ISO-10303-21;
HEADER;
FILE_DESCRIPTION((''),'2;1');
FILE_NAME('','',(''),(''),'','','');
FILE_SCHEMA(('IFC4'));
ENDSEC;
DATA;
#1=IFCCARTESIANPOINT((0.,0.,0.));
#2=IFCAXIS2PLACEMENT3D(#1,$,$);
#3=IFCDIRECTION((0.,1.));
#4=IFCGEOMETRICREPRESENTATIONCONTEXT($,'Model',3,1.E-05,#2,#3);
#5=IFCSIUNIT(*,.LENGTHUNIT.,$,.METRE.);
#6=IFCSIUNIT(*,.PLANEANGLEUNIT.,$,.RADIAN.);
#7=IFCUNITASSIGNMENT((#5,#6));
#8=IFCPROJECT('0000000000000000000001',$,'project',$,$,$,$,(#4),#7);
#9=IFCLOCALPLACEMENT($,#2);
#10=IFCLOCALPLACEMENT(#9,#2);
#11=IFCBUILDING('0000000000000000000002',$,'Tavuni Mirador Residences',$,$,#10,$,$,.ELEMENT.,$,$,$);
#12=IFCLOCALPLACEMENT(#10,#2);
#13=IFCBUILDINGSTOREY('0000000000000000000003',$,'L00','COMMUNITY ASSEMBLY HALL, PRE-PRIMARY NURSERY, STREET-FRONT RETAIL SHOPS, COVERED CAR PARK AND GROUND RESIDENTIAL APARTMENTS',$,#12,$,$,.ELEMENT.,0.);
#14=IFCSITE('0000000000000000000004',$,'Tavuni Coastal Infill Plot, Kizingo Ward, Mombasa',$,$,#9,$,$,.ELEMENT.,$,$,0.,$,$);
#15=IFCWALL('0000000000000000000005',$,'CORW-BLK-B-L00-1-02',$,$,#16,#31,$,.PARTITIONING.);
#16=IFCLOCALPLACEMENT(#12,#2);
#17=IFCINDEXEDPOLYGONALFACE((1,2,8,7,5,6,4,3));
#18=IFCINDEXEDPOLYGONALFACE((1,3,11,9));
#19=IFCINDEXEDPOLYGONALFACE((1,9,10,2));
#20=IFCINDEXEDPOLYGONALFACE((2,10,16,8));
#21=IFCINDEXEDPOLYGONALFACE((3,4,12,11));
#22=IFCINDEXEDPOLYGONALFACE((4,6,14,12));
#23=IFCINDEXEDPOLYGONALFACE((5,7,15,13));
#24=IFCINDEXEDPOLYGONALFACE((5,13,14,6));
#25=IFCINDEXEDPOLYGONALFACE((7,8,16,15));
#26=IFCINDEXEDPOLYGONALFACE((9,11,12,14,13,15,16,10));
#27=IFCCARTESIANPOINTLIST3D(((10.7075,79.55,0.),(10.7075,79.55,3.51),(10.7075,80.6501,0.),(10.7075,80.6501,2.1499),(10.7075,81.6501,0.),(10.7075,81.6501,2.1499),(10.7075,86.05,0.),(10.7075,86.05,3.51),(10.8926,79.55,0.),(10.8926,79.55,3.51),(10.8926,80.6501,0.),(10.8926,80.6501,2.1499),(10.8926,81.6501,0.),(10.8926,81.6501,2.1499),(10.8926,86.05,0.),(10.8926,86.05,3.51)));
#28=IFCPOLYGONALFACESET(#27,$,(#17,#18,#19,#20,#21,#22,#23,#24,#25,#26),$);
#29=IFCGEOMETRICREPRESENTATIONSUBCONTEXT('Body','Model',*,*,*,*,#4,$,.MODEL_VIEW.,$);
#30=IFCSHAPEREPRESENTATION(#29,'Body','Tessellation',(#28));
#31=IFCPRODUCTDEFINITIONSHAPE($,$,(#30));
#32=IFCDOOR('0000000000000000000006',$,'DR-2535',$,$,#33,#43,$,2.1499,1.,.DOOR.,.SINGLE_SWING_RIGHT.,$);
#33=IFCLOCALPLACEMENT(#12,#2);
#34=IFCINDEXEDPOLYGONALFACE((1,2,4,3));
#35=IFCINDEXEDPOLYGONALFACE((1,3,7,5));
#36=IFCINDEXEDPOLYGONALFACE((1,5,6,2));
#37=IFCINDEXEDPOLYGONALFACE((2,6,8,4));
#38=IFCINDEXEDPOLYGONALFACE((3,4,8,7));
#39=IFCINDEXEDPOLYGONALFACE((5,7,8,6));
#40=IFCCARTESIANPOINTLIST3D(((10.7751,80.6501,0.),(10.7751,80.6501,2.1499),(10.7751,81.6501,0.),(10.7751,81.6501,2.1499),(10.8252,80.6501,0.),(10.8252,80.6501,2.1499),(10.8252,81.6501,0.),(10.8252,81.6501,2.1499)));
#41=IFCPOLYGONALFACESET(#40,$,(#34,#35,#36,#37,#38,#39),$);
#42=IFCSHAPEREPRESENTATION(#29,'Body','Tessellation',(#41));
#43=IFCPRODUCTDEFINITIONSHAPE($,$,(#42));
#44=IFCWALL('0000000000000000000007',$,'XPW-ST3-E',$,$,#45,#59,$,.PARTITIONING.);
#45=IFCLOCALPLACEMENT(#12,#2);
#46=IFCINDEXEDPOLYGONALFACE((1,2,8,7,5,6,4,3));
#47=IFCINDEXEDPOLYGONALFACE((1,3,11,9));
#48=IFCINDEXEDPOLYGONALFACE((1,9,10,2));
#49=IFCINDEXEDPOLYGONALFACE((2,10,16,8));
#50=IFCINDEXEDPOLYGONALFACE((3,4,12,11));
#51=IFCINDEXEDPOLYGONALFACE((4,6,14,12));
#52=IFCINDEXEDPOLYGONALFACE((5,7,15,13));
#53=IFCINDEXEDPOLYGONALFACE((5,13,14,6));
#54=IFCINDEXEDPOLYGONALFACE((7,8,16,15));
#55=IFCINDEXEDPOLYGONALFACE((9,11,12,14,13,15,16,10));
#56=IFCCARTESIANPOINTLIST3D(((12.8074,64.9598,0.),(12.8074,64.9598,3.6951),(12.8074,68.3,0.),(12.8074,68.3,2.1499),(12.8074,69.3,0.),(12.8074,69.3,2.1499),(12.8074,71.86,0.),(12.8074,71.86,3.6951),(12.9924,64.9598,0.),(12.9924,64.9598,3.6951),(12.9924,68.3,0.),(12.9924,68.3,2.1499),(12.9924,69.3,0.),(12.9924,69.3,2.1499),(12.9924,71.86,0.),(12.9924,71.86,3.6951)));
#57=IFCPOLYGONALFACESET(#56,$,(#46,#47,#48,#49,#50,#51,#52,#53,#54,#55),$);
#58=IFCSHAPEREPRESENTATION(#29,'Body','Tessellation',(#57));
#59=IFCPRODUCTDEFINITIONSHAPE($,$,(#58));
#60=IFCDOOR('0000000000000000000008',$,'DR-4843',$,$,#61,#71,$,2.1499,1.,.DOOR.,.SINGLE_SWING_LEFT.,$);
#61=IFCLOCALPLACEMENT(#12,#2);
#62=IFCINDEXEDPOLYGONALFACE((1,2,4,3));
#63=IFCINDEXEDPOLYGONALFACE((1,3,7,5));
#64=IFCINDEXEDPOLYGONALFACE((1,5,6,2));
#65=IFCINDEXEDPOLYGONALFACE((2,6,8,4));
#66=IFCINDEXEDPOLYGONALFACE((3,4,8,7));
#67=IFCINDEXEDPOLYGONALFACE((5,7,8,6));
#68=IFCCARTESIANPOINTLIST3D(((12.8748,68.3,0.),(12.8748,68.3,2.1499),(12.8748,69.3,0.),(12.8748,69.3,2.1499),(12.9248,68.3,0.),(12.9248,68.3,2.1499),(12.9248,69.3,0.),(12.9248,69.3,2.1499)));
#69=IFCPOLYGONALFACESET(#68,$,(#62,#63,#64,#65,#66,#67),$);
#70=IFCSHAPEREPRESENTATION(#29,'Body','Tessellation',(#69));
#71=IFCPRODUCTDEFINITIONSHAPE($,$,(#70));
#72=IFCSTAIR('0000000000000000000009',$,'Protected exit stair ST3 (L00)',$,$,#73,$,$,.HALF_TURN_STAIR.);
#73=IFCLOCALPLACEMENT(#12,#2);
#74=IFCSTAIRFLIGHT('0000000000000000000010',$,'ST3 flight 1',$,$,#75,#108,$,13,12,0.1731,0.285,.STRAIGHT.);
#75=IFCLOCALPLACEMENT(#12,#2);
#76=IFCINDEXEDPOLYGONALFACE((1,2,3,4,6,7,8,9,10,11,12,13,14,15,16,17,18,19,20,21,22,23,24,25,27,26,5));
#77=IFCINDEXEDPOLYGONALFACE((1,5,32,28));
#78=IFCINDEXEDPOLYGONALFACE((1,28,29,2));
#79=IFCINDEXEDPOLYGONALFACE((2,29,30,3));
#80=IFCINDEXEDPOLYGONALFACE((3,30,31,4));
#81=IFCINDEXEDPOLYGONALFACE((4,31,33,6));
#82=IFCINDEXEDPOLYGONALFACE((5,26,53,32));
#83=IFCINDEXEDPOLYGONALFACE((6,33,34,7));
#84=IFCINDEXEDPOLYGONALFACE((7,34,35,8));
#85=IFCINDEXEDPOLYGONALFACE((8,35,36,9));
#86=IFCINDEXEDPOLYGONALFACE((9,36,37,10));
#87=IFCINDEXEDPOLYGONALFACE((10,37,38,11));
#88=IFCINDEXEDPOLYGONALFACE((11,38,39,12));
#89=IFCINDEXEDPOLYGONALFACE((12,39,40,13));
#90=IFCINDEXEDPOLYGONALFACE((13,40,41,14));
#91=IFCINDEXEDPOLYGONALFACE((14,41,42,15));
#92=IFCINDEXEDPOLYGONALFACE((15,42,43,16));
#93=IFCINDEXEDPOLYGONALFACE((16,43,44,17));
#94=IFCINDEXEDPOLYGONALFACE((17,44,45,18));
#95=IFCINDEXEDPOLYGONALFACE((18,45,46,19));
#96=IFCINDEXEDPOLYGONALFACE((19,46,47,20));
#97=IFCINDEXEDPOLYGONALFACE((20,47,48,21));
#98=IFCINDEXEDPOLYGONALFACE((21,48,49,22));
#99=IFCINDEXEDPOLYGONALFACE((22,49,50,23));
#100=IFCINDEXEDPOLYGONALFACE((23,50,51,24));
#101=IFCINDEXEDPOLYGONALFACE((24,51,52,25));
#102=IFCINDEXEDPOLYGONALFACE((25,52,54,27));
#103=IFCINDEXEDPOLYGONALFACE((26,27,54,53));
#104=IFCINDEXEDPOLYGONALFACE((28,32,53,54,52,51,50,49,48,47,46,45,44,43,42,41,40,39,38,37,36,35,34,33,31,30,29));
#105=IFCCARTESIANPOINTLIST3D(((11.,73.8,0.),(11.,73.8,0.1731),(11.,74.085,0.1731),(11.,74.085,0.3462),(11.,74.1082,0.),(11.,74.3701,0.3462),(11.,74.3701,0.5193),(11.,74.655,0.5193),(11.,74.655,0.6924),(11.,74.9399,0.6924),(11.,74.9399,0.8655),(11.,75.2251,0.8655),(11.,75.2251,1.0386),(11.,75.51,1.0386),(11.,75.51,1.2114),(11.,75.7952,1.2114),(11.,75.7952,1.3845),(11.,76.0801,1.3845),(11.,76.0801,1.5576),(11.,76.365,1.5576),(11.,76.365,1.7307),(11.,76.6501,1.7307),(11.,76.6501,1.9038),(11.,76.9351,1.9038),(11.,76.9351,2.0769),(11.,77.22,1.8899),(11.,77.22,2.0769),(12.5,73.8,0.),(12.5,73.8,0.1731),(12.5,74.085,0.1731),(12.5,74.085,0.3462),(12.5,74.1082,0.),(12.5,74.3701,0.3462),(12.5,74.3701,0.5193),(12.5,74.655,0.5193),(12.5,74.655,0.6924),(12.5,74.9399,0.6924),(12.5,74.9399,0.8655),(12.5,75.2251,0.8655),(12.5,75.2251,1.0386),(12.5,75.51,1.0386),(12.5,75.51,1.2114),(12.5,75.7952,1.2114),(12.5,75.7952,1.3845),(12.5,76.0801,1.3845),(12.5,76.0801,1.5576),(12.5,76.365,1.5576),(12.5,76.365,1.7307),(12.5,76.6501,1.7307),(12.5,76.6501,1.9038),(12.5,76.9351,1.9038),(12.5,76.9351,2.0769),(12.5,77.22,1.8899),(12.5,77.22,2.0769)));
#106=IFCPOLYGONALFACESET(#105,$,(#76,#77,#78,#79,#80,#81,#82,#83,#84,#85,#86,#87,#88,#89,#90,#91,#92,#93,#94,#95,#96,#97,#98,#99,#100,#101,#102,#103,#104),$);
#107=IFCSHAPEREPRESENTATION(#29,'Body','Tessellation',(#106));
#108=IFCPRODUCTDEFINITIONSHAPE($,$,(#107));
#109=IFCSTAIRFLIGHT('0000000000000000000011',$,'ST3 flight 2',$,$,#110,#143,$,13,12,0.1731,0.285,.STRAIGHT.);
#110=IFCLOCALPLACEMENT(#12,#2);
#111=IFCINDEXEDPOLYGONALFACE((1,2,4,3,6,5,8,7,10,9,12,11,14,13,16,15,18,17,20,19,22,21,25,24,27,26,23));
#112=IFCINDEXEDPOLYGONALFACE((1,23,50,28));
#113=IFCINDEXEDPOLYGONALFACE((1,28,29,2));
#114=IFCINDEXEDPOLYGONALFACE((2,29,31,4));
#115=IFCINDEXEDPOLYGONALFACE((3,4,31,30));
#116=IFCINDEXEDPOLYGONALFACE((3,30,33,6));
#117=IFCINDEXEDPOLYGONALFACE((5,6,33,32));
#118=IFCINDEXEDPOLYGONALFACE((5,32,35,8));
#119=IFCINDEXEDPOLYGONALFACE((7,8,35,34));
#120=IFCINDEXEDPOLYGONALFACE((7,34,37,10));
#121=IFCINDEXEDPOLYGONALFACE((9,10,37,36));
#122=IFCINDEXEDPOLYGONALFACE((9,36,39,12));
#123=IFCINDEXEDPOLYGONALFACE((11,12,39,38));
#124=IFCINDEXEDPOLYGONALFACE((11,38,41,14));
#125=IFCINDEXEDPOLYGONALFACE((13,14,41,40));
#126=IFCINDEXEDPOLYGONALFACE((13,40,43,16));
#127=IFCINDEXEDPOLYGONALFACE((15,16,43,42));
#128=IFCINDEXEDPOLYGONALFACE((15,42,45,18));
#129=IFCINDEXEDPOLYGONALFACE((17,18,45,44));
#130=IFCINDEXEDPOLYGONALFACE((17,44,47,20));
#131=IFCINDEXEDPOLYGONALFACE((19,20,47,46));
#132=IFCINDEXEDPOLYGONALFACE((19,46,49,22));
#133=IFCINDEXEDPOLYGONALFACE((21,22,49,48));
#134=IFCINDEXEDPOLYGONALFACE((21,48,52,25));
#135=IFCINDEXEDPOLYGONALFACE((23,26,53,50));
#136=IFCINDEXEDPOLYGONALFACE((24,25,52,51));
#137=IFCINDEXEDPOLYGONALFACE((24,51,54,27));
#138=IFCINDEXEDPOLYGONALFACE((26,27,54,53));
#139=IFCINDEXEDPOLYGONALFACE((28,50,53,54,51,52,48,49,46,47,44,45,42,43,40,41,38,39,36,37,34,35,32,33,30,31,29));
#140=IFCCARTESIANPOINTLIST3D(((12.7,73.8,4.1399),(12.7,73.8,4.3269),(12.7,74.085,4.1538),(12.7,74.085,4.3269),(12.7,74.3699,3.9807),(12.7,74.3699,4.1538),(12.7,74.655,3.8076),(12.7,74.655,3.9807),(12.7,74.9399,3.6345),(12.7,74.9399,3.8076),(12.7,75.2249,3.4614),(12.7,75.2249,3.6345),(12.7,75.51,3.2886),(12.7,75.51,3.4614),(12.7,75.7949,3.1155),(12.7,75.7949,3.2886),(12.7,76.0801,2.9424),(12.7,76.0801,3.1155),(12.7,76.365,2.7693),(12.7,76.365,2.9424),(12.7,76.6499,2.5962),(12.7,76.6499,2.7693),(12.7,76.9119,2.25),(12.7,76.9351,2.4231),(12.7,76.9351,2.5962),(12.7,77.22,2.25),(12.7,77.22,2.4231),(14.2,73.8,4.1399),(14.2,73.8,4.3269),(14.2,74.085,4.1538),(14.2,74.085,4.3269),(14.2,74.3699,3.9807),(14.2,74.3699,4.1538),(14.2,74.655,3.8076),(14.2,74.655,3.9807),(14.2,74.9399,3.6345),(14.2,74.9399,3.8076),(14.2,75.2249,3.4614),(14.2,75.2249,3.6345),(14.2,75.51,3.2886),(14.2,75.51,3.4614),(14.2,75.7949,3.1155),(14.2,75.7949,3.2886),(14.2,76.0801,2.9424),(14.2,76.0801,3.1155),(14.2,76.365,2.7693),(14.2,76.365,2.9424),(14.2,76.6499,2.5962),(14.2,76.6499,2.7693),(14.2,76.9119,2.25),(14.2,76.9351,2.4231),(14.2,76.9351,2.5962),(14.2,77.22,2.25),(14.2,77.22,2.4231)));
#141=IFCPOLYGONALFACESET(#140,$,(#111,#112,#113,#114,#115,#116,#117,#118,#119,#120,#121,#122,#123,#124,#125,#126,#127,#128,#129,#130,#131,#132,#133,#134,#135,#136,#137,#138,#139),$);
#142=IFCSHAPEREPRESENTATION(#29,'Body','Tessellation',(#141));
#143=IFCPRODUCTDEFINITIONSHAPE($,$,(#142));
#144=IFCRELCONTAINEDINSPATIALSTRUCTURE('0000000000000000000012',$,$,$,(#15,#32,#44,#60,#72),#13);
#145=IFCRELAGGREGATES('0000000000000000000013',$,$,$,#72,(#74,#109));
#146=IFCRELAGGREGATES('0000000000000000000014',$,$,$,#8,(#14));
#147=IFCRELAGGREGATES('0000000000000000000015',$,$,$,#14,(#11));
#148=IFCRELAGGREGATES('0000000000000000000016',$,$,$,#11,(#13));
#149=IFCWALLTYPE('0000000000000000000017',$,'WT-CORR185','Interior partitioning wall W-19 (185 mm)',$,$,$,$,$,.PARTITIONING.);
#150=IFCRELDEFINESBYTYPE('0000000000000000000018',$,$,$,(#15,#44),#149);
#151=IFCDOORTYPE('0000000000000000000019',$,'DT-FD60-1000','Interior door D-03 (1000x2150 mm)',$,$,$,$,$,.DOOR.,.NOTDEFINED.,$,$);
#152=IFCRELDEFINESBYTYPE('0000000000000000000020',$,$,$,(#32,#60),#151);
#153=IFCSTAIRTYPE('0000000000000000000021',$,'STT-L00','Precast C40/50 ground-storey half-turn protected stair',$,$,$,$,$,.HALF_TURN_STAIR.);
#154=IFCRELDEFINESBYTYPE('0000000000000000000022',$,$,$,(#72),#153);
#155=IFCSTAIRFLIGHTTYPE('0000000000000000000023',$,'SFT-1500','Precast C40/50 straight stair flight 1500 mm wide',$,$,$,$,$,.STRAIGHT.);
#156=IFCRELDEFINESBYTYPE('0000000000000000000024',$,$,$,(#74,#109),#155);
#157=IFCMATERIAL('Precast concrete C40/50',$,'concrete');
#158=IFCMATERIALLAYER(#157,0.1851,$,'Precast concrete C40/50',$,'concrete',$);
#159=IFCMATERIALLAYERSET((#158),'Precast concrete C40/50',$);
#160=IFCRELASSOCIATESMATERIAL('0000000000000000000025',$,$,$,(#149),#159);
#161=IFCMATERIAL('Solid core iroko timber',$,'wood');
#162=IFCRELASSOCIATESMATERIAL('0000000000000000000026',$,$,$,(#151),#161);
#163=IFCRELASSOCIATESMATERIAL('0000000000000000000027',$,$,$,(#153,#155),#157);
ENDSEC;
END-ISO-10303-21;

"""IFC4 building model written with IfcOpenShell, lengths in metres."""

from ifc_helpers import new_model, si_unit, direction, frame, frame_2d, origin, place, context, subcontext, project, spatial, polyline, rectangle, outline, extrude, material, layer, layer_set, type_object, element, fill, aggregate, save


model = new_model("IFC4")

# Units and contexts
model_context = context("Model", 3, precision=1e-05, world=origin(), true_north=direction((0.0, 1.0)))
body_context = subcontext(model_context, "Body", "Model", "MODEL_VIEW")
ifc_project = project(units=[si_unit("LENGTHUNIT", "METRE"), si_unit("PLANEANGLEUNIT", "RADIAN")], contexts=[model_context])

# Site, building, storey
site_placement = place(None, origin())
site = spatial("IfcSite", under=ifc_project, at=site_placement, Name="Tavuni Coastal Infill Plot, Kizingo Ward, Mombasa", CompositionType="ELEMENT", RefElevation=0.0)
building_placement = place(site_placement, origin())
building = spatial("IfcBuilding", under=site, at=building_placement, Name="Tavuni Mirador Residences", CompositionType="ELEMENT")
storey_placement = place(building_placement, origin())
storey = spatial("IfcBuildingStorey", under=building, at=storey_placement, Name="L00", Description="COMMUNITY ASSEMBLY HALL, PRE-PRIMARY NURSERY, STREET-FRONT RETAIL SHOPS, COVERED CAR PARK AND GROUND RESIDENTIAL APARTMENTS", CompositionType="ELEMENT", Elevation=0.0)

# Shared definitions
ifc_material_1 = material(Name="Precast concrete C40/50", Category="concrete")

# Shared definitions
ifc_material_2 = material(Name="Solid core iroko timber", Category="wood")

# Walls, openings, doors
ifc_layer_1 = layer(ifc_material_1, 0.1851, Name="Precast concrete C40/50", Category="concrete")
ifc_layer_set_1 = layer_set([ifc_layer_1], Name="Precast concrete C40/50")
wall_type_1 = type_object("IfcWallType", Name="WT-CORR185", Description="Interior partitioning wall W-19 (185 mm)", PredefinedType="PARTITIONING", material=ifc_layer_set_1)
wall_1_placement = place(storey_placement, frame((10.8, 79.55, 0.0), z_axis=(0.0, 0.0, 1.0), x_axis=(0.0, 1.0, 0.0)))
wall_1 = element("IfcWall", 1, at=wall_1_placement, inside=storey, type_object=wall_type_1, Name="CORW-BLK-B-L00-1-02", PredefinedType="PARTITIONING", context=body_context, shape_type="SweptSolid", body=[
    extrude(rectangle(XDim=6.5, YDim=0.1851, at=frame_2d((3.25, 0.0))), origin(), (0.0, 0.0, 1.0), 3.51),
])
opening_1_placement = place(wall_1_placement, frame((1.1001, 0.0, 0.0)))
opening_1 = element("IfcOpeningElement", 2, at=opening_1_placement, cuts=wall_1, PredefinedType="OPENING", context=body_context, shape_type="SweptSolid", body=[
    extrude(rectangle(XDim=1.0, YDim=2.1499, at=frame_2d((0.5, 1.075))), frame((0.0, 0.1025, 0.0), z_axis=(0.0, -1.0, 0.0), x_axis=(1.0, 0.0, 0.0)), (0.0, 0.0, 1.0), 0.2051),
])
door_type_1 = type_object("IfcDoorType", Name="DT-FD60-1000", Description="Interior door D-03 (1000x2150 mm)", OperationType="NOTDEFINED", PredefinedType="DOOR", material=ifc_material_2)
door_1_placement = place(opening_1_placement, origin())
door_1 = element("IfcDoor", 3, at=door_1_placement, inside=storey, type_object=door_type_1, Name="DR-2535", OperationType="SINGLE_SWING_RIGHT", OverallHeight=2.1499, OverallWidth=1.0, PredefinedType="DOOR", context=body_context, shape_type="SweptSolid", body=[
    extrude(rectangle(XDim=1.0, YDim=2.1499, at=frame_2d((0.5, 1.075))), frame((0.0, 0.0249, 0.0), z_axis=(0.0, -1.0, 0.0), x_axis=(1.0, 0.0, 0.0)), (0.0, 0.0, 1.0), 0.05),
])
fill(opening_1, door_1)
wall_2_placement = place(storey_placement, frame((12.8999, 71.8601, 0.0), z_axis=(0.0, 0.0, 1.0), x_axis=(0.0, -1.0, 0.0)))
wall_2 = element("IfcWall", 4, at=wall_2_placement, inside=storey, type_object=wall_type_1, Name="XPW-ST3-E", PredefinedType="PARTITIONING", context=body_context, shape_type="SweptSolid", body=[
    extrude(rectangle(XDim=6.9001, YDim=0.1851, at=frame_2d((3.4502, 0.0))), origin(), (0.0, 0.0, 1.0), 3.6951),
])
opening_2_placement = place(wall_2_placement, frame((2.5601, 0.0, 0.0)))
opening_2 = element("IfcOpeningElement", 5, at=opening_2_placement, cuts=wall_2, PredefinedType="OPENING", context=body_context, shape_type="SweptSolid", body=[
    extrude(rectangle(XDim=1.0, YDim=2.1499, at=frame_2d((0.5, 1.075))), frame((0.0, 0.1025, 0.0), z_axis=(0.0, -1.0, 0.0), x_axis=(1.0, 0.0, 0.0)), (0.0, 0.0, 1.0), 0.2051),
])
door_2_placement = place(opening_2_placement, origin())
door_2 = element("IfcDoor", 6, at=door_2_placement, inside=storey, type_object=door_type_1, Name="DR-4843", OperationType="SINGLE_SWING_LEFT", OverallHeight=2.1499, OverallWidth=1.0, PredefinedType="DOOR", context=body_context, shape_type="SweptSolid", body=[
    extrude(rectangle(XDim=1.0, YDim=2.1499, at=frame_2d((0.5, 1.075))), frame((0.0, 0.0249, 0.0), z_axis=(0.0, -1.0, 0.0), x_axis=(1.0, 0.0, 0.0)), (0.0, 0.0, 1.0), 0.05),
])
fill(opening_2, door_2)

# Stair, stair flights
stair_type = type_object("IfcStairType", Name="STT-L00", Description="Precast C40/50 ground-storey half-turn protected stair", PredefinedType="HALF_TURN_STAIR", material=ifc_material_1)
stair_placement = place(storey_placement, origin())
stair = element("IfcStair", 7, at=stair_placement, inside=storey, type_object=stair_type, Name="Protected exit stair ST3 (L00)", PredefinedType="HALF_TURN_STAIR")
stair_flight_type = type_object("IfcStairFlightType", Name="SFT-1500", Description="Precast C40/50 straight stair flight 1500 mm wide", PredefinedType="STRAIGHT", material=ifc_material_1)
stair_flight_1_placement = place(storey_placement, frame((11.75, 73.8, 0.0), z_axis=(0.0, 0.0, 1.0), x_axis=(0.0, 1.0, 0.0)))
stair_flight_1 = element("IfcStairFlight", 8, at=stair_flight_1_placement, type_object=stair_flight_type, Name="ST3 flight 1", NumberOfRisers=13, NumberOfTreads=12, PredefinedType="STRAIGHT", RiserHeight=0.1731, TreadLength=0.285, context=body_context, shape_type="SweptSolid", body=[
    extrude(outline(polyline([(0.0, 0.0), (0.0, 0.1731), (0.2849, 0.1731), (0.2849, 0.3462), (0.5701, 0.3462), (0.5701, 0.5193), (0.855, 0.5193), (0.855, 0.6924), (1.1399, 0.6924), (1.1399, 0.8655), (1.425, 0.8655), (1.425, 1.0386), (1.71, 1.0386), (1.71, 1.2114), (1.9951, 1.2114), (1.9951, 1.3845), (2.28, 1.3845), (2.28, 1.5576), (2.5649, 1.5576), (2.5649, 1.7307), (2.8501, 1.7307), (2.8501, 1.9038), (3.135, 1.9038), (3.135, 2.0769), (3.4199, 2.0769), (3.4199, 2.25), (3.4199, 1.8899), (0.3081, 0.0), (0.0, 0.0)])), frame((0.0, 0.75, 0.0), z_axis=(0.0, -1.0, 0.0), x_axis=(1.0, 0.0, 0.0)), (0.0, 0.0, 1.0), 1.5),
])
stair_flight_2_placement = place(storey_placement, frame((13.45, 77.22, 2.25), z_axis=(0.0, 0.0, 1.0), x_axis=(0.0, -1.0, 0.0)))
stair_flight_2 = element("IfcStairFlight", 9, at=stair_flight_2_placement, type_object=stair_flight_type, Name="ST3 flight 2", NumberOfRisers=13, NumberOfTreads=12, PredefinedType="STRAIGHT", RiserHeight=0.1731, TreadLength=0.285, context=body_context, shape_type="SweptSolid", body=[
    extrude(outline(polyline([(0.0, 0.0), (0.0, 0.1731), (0.2849, 0.1731), (0.2849, 0.3462), (0.5701, 0.3462), (0.5701, 0.5193), (0.855, 0.5193), (0.855, 0.6924), (1.1399, 0.6924), (1.1399, 0.8655), (1.425, 0.8655), (1.425, 1.0386), (1.71, 1.0386), (1.71, 1.2114), (1.9951, 1.2114), (1.9951, 1.3845), (2.28, 1.3845), (2.28, 1.5576), (2.5649, 1.5576), (2.5649, 1.7307), (2.8501, 1.7307), (2.8501, 1.9038), (3.135, 1.9038), (3.135, 2.0769), (3.4199, 2.0769), (3.4199, 2.25), (3.4199, 1.8899), (0.3081, 0.0), (0.0, 0.0)])), frame((0.0, 0.75, 0.0), z_axis=(0.0, -1.0, 0.0), x_axis=(1.0, 0.0, 0.0)), (0.0, 0.0, 1.0), 1.5),
])
aggregate(stair, [stair_flight_1, stair_flight_2])

save(model, "model.ifc")
